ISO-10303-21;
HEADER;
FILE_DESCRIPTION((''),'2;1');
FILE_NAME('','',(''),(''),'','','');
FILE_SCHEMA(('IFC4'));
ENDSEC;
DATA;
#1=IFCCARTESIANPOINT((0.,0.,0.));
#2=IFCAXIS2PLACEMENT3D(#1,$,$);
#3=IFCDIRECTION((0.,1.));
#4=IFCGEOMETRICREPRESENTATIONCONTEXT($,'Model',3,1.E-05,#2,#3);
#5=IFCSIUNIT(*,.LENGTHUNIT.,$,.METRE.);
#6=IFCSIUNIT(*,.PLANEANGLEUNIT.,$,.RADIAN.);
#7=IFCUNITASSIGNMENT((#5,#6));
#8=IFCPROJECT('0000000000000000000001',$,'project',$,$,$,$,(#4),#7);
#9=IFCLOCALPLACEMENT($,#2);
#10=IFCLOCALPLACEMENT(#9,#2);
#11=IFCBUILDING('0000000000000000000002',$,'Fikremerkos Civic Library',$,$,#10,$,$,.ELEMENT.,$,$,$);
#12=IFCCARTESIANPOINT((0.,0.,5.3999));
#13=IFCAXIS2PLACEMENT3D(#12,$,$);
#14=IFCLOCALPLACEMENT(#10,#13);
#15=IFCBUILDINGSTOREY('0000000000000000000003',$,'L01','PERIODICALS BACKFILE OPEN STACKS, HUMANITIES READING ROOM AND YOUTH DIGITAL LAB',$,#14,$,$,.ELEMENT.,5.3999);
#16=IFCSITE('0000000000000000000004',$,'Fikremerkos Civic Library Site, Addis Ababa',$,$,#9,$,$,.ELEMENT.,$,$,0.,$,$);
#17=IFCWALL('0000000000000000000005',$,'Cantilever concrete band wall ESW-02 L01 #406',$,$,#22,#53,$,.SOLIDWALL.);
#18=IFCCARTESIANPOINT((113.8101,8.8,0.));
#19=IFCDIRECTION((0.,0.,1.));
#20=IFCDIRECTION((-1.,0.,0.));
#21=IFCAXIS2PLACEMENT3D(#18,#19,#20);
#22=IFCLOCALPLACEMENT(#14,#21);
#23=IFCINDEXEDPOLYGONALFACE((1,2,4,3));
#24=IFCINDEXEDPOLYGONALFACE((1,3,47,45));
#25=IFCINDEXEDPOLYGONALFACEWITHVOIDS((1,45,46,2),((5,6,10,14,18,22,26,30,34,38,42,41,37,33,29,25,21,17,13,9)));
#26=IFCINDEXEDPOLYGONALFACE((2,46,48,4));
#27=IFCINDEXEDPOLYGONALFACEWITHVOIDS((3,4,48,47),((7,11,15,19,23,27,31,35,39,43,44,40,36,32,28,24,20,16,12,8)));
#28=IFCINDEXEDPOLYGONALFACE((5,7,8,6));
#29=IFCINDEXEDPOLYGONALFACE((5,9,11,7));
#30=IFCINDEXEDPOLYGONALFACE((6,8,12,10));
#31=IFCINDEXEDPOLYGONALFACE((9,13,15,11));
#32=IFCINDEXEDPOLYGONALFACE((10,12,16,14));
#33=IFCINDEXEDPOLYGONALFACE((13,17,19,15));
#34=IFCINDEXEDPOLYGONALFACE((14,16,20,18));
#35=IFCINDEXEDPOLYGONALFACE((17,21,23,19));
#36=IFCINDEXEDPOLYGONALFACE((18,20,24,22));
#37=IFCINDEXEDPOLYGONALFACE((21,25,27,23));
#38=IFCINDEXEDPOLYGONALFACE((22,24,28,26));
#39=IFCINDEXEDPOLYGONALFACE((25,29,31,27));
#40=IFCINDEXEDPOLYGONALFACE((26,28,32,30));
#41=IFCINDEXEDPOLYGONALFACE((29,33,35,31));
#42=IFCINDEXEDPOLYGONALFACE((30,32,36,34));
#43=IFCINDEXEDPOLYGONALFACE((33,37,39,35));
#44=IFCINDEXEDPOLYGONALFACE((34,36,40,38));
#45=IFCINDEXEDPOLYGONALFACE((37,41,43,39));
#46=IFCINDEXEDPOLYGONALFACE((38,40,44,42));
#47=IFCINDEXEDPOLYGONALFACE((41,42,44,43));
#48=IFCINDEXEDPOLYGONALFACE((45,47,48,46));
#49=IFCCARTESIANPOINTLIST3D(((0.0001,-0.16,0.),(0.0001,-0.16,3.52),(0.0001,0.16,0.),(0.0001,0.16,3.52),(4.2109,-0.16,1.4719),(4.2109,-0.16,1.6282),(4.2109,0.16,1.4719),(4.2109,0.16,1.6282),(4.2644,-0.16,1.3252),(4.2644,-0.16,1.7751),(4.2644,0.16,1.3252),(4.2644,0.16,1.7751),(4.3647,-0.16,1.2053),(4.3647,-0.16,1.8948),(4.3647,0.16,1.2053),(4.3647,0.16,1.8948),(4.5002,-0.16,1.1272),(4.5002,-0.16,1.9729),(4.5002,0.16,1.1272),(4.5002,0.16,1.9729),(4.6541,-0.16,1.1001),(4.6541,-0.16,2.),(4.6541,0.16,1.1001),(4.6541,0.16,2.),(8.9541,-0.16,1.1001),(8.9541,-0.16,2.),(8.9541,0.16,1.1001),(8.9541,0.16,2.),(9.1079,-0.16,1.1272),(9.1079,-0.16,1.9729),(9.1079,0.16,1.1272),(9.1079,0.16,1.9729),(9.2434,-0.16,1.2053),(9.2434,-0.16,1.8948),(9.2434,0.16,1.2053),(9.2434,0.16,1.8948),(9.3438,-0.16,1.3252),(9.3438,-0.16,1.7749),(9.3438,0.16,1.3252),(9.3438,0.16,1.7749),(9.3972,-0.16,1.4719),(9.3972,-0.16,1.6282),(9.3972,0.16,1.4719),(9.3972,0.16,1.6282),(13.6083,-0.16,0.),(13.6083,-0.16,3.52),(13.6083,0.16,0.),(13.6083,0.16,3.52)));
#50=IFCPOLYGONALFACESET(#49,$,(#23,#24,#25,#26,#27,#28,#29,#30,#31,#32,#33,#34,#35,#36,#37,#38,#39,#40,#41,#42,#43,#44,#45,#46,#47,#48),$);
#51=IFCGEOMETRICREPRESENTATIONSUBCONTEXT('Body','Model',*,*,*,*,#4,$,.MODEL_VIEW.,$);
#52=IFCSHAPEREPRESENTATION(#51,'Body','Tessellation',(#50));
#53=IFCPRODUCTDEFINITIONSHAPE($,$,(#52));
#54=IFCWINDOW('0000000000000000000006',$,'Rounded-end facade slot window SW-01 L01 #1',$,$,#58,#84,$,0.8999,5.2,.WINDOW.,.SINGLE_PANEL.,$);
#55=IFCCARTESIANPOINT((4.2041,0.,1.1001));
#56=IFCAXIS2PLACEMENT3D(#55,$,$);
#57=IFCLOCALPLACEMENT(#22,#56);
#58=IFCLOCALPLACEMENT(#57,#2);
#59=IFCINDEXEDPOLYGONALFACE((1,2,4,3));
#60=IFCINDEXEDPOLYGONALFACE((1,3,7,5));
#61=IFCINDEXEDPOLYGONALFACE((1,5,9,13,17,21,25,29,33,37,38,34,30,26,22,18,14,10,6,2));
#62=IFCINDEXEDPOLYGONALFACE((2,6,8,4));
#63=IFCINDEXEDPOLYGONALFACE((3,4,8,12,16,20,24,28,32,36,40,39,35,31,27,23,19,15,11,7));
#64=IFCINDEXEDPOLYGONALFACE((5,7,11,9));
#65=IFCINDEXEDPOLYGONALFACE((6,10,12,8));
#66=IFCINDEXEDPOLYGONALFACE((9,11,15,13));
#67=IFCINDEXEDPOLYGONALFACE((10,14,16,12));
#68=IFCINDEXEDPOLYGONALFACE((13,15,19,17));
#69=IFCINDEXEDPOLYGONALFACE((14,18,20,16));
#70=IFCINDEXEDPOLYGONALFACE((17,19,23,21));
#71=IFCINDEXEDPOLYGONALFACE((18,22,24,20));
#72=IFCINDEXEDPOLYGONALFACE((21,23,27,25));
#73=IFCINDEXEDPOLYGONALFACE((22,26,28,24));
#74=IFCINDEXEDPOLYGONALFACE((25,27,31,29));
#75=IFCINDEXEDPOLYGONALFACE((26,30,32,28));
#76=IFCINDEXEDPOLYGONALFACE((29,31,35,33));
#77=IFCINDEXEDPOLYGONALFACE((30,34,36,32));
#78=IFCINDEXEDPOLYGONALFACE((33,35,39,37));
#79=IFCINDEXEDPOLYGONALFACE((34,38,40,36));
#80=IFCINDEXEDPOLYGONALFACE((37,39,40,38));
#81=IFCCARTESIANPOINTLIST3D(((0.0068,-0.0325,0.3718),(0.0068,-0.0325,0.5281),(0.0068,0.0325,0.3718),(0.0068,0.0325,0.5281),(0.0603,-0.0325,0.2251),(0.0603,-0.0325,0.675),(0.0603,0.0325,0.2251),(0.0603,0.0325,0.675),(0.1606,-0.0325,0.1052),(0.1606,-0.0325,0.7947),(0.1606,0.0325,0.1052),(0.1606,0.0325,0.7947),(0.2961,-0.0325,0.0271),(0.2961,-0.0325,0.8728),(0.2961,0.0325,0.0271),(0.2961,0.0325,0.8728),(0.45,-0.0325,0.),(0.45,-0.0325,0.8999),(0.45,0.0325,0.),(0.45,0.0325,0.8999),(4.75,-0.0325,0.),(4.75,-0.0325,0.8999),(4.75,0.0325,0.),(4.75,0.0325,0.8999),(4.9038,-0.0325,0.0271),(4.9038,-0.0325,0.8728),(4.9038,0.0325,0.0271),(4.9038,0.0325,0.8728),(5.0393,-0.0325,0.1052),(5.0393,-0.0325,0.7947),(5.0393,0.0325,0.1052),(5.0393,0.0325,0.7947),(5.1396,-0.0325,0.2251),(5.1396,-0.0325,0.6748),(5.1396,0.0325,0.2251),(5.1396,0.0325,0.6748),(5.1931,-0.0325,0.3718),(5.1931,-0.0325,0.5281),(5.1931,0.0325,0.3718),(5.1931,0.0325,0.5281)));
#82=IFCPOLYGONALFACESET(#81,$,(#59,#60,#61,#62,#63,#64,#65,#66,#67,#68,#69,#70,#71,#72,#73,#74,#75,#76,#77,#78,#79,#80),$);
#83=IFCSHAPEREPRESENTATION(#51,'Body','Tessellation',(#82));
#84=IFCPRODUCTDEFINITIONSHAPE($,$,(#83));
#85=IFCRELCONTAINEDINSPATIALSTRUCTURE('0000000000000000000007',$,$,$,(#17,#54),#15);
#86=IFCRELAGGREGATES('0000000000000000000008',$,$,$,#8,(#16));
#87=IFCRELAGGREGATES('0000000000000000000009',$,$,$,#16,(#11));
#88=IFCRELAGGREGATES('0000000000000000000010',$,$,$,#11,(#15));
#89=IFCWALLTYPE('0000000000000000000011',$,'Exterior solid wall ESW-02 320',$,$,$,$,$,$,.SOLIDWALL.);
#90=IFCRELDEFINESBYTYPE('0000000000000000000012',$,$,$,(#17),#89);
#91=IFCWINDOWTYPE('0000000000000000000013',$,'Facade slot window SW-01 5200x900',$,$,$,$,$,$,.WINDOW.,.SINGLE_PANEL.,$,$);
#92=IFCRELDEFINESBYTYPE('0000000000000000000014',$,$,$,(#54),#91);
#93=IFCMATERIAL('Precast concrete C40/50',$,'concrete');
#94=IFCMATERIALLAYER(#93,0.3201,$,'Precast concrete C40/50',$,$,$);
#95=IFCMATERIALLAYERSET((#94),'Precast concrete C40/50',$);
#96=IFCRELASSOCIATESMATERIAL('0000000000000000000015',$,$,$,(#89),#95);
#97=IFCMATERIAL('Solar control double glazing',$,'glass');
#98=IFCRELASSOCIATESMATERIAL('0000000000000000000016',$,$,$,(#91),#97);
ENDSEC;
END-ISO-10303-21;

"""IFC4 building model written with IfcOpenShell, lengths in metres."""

from ifc_helpers import new_model, si_unit, direction, frame, frame_2d, origin, place, context, subcontext, project, spatial, polyline, rectangle, outline, extrude, material, layer, layer_set, type_object, element, fill, save


model = new_model("IFC4")

# Units and contexts
model_context = context("Model", 3, precision=1e-05, world=origin(), true_north=direction((0.0, 1.0)))
body_context = subcontext(model_context, "Body", "Model", "MODEL_VIEW")
ifc_project = project(units=[si_unit("LENGTHUNIT", "METRE"), si_unit("PLANEANGLEUNIT", "RADIAN")], contexts=[model_context])

# Site, building, storey
site_placement = place(None, origin())
site = spatial("IfcSite", under=ifc_project, at=site_placement, Name="Fikremerkos Civic Library Site, Addis Ababa", CompositionType="ELEMENT", RefElevation=0.0)
building_placement = place(site_placement, origin())
building = spatial("IfcBuilding", under=site, at=building_placement, Name="Fikremerkos Civic Library", CompositionType="ELEMENT")
storey_placement = place(building_placement, frame((0.0, 0.0, 5.3999)))
storey = spatial("IfcBuildingStorey", under=building, at=storey_placement, Name="L01", Description="PERIODICALS BACKFILE OPEN STACKS, HUMANITIES READING ROOM AND YOUTH DIGITAL LAB", CompositionType="ELEMENT", Elevation=5.3999)

# Wall, opening, window
ifc_material_1 = material(Name="Precast concrete C40/50", Category="concrete")
ifc_layer_1 = layer(ifc_material_1, 0.3201, Name="Precast concrete C40/50")
ifc_layer_set_1 = layer_set([ifc_layer_1], Name="Precast concrete C40/50")
wall_type_1 = type_object("IfcWallType", Name="Exterior solid wall ESW-02 320", PredefinedType="SOLIDWALL", material=ifc_layer_set_1)
wall_1_placement = place(storey_placement, frame((113.8101, 8.8, 0.0), z_axis=(0.0, 0.0, 1.0), x_axis=(-1.0, 0.0, 0.0)))
wall_1 = element("IfcWall", 1, at=wall_1_placement, inside=storey, type_object=wall_type_1, Name="Cantilever concrete band wall ESW-02 L01 #406", PredefinedType="SOLIDWALL", context=body_context, shape_type="SweptSolid", body=[
    extrude(rectangle(XDim=13.6082, YDim=0.3201, at=frame_2d((6.8042, 0.0))), origin(), (0.0, 0.0, 1.0), 3.52),
])
opening_1_placement = place(wall_1_placement, frame((4.2041, 0.0, 1.1001)))
opening_1 = element("IfcOpeningElement", 2, at=opening_1_placement, cuts=wall_1, PredefinedType="OPENING", context=body_context, shape_type="SweptSolid", body=[
    extrude(outline(polyline([(0.45, 0.8999), (0.2961, 0.8728), (0.1606, 0.7947), (0.0603, 0.675), (0.0068, 0.5281), (0.0068, 0.3718), (0.0603, 0.2251), (0.1606, 0.1052), (0.2961, 0.0271), (0.45, 0.0), (4.75, 0.0), (4.9038, 0.0271), (5.0393, 0.1052), (5.1396, 0.2251), (5.1931, 0.3718), (5.1931, 0.5281), (5.1396, 0.6748), (5.0393, 0.7947), (4.9038, 0.8728), (4.75, 0.8999), (0.45, 0.8999)])), frame((0.0, 0.1699, 0.0), z_axis=(0.0, -1.0, 0.0), x_axis=(1.0, 0.0, 0.0)), (0.0, 0.0, 1.0), 0.3401),
])
ifc_material_2 = material(Name="Solar control double glazing", Category="glass")
window_type_1 = type_object("IfcWindowType", Name="Facade slot window SW-01 5200x900", PartitioningType="SINGLE_PANEL", PredefinedType="WINDOW", material=ifc_material_2)
window_1_placement = place(opening_1_placement, origin())
window_1 = element("IfcWindow", 3, at=window_1_placement, inside=storey, type_object=window_type_1, Name="Rounded-end facade slot window SW-01 L01 #1", OverallHeight=0.8999, OverallWidth=5.2, PartitioningType="SINGLE_PANEL", PredefinedType="WINDOW", context=body_context, shape_type="SweptSolid", body=[
    extrude(outline(polyline([(0.45, 0.8999), (0.2961, 0.8728), (0.1606, 0.7947), (0.0603, 0.675), (0.0068, 0.5281), (0.0068, 0.3718), (0.0603, 0.2251), (0.1606, 0.1052), (0.2961, 0.0271), (0.45, 0.0), (4.75, 0.0), (4.9038, 0.0271), (5.0393, 0.1052), (5.1396, 0.2251), (5.1931, 0.3718), (5.1931, 0.5281), (5.1396, 0.6748), (5.0393, 0.7947), (4.9038, 0.8728), (4.75, 0.8999), (0.45, 0.8999)])), frame((0.0, 0.0325, 0.0), z_axis=(0.0, -1.0, 0.0), x_axis=(1.0, 0.0, 0.0)), (0.0, 0.0, 1.0), 0.0649),
])
fill(opening_1, window_1)

save(model, "model.ifc")
